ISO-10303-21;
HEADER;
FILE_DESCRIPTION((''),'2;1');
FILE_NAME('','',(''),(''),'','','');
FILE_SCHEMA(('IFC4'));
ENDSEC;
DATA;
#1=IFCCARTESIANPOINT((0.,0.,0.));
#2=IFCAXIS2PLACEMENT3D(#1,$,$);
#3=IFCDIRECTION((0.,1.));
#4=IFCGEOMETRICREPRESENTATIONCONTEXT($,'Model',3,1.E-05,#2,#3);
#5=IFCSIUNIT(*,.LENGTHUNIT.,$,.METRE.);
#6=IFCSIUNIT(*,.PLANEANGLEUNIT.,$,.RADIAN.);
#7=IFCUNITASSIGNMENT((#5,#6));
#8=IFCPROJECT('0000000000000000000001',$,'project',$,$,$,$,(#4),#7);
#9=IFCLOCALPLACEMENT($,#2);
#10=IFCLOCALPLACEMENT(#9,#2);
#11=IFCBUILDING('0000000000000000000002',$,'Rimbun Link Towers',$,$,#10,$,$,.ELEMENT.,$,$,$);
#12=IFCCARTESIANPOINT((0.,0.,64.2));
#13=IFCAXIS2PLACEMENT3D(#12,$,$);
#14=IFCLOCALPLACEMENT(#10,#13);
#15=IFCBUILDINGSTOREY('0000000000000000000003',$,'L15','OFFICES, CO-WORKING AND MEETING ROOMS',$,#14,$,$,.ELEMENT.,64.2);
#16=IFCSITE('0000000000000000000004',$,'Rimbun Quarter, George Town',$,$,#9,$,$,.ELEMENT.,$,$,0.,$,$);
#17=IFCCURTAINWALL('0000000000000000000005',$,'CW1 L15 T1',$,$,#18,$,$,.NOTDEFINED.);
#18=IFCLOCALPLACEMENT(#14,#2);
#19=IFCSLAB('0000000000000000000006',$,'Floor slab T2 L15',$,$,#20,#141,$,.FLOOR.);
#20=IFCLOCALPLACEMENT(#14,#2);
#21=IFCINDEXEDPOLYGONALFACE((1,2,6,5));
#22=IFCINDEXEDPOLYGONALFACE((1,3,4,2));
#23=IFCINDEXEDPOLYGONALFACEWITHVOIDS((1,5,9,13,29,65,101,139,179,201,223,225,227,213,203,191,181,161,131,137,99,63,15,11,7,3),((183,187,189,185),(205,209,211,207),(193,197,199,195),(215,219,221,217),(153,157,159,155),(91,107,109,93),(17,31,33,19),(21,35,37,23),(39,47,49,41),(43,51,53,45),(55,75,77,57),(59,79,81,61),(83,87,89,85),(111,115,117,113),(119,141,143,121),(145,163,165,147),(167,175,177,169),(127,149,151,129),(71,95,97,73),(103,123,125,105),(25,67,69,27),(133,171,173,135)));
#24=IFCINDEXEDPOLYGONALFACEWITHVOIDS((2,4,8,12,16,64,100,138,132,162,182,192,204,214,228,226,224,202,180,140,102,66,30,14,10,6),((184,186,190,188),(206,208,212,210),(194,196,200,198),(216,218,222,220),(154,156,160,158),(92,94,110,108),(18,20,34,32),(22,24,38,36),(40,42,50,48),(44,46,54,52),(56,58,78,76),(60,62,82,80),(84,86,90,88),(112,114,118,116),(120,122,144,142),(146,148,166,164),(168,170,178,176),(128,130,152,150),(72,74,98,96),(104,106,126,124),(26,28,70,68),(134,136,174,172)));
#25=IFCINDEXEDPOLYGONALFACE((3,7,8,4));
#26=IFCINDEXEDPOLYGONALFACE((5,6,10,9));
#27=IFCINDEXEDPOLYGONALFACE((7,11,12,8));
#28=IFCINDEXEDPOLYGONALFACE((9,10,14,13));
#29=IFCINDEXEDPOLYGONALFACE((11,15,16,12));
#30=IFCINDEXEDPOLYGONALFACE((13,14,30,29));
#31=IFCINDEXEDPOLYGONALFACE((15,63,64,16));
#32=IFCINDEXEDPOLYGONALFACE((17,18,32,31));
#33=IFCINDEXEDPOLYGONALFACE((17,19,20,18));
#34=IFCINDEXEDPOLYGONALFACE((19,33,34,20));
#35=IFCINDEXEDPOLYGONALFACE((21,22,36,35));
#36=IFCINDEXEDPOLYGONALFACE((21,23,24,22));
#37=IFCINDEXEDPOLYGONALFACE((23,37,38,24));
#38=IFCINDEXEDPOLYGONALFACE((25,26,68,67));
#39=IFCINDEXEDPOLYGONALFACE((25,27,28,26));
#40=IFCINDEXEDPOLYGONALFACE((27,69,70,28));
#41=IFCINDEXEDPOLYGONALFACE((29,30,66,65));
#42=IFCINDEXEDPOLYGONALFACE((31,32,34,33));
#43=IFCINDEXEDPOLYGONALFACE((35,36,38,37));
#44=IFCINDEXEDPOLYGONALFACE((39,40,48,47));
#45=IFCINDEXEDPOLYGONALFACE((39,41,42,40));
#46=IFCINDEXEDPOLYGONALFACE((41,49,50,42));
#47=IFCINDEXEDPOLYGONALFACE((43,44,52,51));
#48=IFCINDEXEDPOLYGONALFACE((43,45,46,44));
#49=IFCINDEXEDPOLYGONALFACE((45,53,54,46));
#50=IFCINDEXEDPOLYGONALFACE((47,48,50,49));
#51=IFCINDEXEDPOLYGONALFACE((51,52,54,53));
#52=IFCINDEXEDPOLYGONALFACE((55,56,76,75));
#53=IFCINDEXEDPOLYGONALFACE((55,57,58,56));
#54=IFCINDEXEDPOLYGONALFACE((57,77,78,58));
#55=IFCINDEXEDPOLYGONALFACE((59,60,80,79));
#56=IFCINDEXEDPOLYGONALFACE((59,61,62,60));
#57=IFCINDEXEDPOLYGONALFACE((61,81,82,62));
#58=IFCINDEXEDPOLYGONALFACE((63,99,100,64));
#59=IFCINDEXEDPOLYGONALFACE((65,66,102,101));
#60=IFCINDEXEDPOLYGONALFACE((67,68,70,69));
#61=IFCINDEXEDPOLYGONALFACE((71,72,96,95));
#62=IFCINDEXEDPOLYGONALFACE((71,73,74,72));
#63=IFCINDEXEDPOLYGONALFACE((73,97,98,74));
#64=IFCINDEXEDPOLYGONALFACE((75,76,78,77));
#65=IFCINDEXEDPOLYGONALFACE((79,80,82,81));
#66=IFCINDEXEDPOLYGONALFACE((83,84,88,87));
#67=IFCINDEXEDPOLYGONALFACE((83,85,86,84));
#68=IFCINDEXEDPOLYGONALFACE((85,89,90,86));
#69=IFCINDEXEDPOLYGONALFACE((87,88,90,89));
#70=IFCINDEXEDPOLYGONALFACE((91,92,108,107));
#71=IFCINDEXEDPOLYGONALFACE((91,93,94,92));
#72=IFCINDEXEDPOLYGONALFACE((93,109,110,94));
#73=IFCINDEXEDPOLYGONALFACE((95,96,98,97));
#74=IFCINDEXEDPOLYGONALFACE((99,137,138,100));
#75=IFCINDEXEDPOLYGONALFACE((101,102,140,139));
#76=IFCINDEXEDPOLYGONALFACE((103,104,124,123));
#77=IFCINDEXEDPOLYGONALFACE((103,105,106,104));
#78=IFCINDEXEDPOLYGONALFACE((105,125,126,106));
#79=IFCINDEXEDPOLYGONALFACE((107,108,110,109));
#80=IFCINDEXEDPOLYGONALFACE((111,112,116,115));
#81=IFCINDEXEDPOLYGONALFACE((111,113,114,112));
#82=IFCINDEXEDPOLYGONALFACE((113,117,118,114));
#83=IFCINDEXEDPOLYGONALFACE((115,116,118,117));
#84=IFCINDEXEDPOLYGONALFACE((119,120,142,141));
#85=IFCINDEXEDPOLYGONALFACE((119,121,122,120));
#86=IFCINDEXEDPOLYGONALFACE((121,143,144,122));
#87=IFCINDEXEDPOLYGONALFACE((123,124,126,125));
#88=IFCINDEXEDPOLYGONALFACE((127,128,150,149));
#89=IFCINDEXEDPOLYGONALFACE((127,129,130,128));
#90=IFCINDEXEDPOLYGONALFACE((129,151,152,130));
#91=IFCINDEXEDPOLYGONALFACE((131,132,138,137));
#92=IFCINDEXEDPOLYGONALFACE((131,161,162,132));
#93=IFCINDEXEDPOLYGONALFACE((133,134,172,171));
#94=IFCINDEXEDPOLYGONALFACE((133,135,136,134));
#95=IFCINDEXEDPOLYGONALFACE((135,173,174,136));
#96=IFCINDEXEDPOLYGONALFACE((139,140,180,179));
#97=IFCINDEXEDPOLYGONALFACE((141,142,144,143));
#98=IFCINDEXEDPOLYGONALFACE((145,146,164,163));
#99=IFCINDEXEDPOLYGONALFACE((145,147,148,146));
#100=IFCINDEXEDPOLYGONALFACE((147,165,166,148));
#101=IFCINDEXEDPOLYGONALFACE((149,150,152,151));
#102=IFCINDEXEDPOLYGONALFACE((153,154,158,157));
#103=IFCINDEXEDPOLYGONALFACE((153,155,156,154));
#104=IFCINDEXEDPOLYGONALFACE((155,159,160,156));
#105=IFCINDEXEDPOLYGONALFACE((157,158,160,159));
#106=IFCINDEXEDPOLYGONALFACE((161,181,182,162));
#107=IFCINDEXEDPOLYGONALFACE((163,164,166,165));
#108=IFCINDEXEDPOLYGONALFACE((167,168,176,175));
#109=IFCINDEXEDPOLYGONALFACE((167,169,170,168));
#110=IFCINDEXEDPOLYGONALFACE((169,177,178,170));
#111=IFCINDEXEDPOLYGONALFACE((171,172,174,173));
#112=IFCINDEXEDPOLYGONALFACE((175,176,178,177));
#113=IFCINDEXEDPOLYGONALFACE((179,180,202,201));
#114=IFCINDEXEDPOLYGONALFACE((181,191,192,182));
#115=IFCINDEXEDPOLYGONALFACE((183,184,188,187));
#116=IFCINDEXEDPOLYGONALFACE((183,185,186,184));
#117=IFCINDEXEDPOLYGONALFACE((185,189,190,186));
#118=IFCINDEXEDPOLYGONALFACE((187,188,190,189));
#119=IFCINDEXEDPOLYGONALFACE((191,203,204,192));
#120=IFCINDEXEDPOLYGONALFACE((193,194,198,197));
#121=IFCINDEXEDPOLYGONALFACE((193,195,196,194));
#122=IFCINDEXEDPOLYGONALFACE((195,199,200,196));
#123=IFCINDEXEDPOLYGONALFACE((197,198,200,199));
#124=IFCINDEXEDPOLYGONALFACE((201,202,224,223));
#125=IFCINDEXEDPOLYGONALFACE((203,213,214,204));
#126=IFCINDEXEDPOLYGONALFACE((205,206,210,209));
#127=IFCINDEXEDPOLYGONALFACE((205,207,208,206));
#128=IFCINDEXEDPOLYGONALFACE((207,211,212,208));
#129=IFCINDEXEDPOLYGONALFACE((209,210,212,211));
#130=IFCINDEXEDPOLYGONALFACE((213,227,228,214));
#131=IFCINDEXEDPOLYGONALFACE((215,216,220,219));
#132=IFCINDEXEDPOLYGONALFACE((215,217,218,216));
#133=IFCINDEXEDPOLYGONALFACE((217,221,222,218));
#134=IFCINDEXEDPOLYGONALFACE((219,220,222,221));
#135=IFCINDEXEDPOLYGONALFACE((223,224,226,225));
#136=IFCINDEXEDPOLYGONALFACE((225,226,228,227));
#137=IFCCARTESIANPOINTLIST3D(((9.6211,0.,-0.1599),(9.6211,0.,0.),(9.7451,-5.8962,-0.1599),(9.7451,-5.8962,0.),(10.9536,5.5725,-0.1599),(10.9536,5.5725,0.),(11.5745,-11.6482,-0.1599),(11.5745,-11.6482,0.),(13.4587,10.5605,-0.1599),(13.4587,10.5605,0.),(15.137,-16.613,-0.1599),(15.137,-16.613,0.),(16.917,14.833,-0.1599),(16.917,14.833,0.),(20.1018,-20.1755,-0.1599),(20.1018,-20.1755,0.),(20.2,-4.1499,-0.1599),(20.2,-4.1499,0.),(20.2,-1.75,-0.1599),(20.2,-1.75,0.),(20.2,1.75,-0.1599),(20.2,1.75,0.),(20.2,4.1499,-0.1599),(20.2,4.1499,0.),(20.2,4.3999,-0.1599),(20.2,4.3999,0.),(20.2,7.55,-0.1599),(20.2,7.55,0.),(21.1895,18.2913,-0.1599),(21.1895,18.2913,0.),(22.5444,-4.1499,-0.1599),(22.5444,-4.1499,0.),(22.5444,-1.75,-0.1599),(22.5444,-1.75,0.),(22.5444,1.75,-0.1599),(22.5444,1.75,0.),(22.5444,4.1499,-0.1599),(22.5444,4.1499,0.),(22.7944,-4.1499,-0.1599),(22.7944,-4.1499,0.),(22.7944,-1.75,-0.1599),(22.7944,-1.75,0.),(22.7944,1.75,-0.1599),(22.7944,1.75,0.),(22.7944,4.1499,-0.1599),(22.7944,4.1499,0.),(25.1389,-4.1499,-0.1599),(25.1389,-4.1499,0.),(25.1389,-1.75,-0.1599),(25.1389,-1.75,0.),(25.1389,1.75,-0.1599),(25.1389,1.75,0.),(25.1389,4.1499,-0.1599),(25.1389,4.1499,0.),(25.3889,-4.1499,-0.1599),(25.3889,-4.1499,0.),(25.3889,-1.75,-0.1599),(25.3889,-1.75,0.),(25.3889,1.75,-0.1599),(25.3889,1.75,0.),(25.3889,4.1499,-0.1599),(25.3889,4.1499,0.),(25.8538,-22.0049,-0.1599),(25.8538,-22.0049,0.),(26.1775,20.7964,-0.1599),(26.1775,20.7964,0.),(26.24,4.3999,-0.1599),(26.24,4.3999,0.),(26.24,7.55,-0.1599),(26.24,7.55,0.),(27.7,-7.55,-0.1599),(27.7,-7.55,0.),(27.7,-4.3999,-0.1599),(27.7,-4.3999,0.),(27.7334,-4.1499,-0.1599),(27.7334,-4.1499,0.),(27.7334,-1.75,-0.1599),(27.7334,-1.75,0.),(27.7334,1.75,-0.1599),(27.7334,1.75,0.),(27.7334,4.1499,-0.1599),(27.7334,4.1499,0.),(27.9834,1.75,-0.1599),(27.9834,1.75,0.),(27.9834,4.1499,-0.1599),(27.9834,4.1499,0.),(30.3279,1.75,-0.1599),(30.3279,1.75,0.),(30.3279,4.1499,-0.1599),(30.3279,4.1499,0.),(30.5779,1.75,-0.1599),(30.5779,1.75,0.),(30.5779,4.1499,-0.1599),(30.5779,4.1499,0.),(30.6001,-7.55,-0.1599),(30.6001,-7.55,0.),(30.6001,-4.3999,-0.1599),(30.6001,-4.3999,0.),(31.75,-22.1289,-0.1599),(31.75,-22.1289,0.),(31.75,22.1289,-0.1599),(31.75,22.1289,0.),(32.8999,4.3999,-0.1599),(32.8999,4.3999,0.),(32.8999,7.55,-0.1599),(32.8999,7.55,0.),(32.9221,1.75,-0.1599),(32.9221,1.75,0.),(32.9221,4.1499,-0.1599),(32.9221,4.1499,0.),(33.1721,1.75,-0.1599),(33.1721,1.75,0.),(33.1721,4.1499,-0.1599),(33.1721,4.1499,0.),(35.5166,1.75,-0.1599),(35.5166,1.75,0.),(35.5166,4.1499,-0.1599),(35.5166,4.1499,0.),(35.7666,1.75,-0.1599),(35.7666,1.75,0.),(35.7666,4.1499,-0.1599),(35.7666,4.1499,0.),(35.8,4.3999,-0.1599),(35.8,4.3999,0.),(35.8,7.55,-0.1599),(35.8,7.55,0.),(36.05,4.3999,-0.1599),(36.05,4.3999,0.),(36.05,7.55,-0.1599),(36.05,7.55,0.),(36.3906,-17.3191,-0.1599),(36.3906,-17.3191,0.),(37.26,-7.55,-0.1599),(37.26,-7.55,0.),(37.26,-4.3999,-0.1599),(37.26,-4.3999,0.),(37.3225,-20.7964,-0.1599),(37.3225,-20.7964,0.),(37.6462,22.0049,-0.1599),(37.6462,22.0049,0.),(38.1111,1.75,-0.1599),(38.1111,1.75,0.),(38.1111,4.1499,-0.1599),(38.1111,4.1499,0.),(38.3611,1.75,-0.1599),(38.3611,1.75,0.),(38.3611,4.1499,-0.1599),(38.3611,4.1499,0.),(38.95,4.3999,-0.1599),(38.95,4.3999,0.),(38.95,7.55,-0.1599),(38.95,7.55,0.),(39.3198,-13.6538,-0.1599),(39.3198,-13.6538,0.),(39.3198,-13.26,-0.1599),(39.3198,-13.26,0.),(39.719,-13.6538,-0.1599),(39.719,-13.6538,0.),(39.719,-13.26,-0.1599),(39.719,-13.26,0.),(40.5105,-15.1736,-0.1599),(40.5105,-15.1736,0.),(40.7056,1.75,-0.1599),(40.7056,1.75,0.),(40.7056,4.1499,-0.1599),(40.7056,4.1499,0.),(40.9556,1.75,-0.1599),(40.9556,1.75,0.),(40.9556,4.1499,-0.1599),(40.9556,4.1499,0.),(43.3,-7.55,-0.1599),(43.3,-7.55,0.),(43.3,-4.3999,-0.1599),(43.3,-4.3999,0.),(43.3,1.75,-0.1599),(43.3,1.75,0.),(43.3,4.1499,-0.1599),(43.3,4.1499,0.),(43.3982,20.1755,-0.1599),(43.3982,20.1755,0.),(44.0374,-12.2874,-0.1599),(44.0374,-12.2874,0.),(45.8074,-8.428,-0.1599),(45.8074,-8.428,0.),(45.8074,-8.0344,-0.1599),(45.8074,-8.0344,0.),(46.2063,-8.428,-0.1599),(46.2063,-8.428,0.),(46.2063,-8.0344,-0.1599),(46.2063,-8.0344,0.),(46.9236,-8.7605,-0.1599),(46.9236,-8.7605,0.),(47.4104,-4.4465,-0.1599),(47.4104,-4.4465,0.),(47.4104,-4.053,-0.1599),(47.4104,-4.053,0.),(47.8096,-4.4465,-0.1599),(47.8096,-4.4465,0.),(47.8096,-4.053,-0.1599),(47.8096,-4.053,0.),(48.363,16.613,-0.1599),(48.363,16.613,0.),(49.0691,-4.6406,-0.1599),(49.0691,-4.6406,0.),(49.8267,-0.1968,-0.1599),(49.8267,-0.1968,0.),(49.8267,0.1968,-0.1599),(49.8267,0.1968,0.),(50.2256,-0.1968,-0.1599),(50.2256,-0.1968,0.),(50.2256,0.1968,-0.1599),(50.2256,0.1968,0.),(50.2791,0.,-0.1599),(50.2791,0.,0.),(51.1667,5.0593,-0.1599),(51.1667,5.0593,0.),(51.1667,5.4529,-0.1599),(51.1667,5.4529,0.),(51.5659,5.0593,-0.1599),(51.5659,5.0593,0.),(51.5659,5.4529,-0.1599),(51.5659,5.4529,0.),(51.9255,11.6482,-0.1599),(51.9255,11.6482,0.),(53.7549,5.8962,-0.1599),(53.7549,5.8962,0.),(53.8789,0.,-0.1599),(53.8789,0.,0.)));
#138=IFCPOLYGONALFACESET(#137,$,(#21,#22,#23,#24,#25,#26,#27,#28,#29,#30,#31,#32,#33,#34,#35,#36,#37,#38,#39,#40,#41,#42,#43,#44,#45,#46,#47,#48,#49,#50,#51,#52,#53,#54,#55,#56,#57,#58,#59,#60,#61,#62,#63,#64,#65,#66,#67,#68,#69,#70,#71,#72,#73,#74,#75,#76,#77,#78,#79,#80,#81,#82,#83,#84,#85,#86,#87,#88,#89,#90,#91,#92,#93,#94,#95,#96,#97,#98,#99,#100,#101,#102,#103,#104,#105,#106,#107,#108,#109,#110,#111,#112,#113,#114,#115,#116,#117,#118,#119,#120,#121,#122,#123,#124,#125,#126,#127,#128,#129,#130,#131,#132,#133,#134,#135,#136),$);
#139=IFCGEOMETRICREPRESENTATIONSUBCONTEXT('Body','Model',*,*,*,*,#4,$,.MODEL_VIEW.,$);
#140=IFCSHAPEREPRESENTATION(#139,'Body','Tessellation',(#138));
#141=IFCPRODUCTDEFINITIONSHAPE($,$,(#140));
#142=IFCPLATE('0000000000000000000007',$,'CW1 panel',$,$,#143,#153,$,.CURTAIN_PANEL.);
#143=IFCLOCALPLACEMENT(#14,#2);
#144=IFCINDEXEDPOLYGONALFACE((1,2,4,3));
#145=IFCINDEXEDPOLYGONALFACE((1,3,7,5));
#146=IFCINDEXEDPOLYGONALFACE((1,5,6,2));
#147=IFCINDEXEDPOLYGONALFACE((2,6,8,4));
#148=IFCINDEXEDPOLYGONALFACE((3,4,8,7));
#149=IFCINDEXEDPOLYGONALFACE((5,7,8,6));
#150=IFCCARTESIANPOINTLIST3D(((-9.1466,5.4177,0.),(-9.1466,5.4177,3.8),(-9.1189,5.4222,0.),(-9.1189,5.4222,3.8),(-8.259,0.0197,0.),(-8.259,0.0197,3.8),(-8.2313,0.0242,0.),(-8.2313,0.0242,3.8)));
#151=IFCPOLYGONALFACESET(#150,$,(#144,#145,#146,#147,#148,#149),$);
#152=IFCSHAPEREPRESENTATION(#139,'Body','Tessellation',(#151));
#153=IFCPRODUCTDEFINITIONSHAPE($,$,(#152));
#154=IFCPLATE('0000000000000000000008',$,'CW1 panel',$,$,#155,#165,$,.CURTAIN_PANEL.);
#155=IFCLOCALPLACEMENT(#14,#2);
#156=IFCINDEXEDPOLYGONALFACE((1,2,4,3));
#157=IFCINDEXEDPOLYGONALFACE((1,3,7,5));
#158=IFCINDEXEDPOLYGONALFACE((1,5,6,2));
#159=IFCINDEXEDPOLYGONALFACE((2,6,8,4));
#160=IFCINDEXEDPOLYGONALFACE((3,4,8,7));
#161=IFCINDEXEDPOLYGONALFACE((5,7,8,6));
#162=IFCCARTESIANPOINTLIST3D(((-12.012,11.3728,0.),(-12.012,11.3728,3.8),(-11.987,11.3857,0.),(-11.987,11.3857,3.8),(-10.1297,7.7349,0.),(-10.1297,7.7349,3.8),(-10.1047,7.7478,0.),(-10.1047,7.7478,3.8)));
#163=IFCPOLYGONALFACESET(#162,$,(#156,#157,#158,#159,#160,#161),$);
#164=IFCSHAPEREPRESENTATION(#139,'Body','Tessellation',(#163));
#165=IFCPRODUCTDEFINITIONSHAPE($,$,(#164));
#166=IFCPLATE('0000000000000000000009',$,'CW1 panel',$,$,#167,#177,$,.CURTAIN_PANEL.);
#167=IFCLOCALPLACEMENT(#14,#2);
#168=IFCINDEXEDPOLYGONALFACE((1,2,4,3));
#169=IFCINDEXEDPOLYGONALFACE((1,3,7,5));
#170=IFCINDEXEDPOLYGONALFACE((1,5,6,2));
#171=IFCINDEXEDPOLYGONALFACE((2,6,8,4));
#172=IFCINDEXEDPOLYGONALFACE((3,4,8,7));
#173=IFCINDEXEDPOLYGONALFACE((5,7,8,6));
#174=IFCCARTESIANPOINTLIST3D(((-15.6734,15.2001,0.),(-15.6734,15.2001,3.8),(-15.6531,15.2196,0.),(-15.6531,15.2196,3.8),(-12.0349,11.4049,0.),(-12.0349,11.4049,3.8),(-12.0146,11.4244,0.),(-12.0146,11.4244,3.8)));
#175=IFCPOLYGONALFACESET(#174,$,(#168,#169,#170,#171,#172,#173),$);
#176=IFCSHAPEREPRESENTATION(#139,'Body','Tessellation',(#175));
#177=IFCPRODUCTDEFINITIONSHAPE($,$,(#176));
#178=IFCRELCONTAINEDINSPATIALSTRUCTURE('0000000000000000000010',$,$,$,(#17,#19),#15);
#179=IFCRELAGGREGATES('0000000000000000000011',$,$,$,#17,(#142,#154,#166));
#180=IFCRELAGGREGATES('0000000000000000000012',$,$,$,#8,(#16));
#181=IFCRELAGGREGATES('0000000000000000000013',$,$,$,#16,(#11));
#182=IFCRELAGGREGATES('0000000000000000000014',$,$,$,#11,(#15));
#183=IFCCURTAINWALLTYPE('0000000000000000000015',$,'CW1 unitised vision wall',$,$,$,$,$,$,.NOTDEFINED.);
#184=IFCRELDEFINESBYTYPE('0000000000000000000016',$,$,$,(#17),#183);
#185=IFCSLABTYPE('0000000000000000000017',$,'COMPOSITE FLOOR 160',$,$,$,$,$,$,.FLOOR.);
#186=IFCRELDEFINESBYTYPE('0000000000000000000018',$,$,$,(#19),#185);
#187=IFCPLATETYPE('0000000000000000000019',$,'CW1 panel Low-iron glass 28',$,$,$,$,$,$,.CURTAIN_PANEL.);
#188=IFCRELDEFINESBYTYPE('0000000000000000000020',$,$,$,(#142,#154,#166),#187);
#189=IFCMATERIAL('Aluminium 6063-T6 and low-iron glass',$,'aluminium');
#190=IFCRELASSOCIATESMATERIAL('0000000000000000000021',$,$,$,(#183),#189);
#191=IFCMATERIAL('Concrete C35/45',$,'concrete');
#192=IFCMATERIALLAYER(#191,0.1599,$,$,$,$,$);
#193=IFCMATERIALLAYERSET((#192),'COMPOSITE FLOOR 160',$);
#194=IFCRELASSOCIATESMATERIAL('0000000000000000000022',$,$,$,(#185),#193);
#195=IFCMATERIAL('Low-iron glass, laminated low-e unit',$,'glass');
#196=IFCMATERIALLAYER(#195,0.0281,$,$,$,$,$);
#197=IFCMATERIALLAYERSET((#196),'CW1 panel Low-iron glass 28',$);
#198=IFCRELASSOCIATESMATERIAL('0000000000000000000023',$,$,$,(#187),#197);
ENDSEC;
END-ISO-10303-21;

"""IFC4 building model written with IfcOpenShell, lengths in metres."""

from ifc_helpers import new_model, si_unit, direction, frame, origin, origin_2d, place, context, subcontext, project, spatial, polyline, rectangle, outline, extrude, material, layer, layer_set, type_object, element, aggregate, save


model = new_model("IFC4")

# Units and contexts
model_context = context("Model", 3, precision=1e-05, world=origin(), true_north=direction((0.0, 1.0)))
body_context = subcontext(model_context, "Body", "Model", "MODEL_VIEW")
ifc_project = project(units=[si_unit("LENGTHUNIT", "METRE"), si_unit("PLANEANGLEUNIT", "RADIAN")], contexts=[model_context])

# Site, building, storey
site_placement = place(None, origin())
site = spatial("IfcSite", under=ifc_project, at=site_placement, Name="Rimbun Quarter, George Town", CompositionType="ELEMENT", RefElevation=0.0)
building_placement = place(site_placement, origin())
building = spatial("IfcBuilding", under=site, at=building_placement, Name="Rimbun Link Towers", CompositionType="ELEMENT")
storey_placement = place(building_placement, frame((0.0, 0.0, 64.2)))
storey = spatial("IfcBuildingStorey", under=building, at=storey_placement, Name="L15", Description="OFFICES, CO-WORKING AND MEETING ROOMS", CompositionType="ELEMENT", Elevation=64.2)

# Curtain wall
ifc_material_1 = material(Name="Aluminium 6063-T6 and low-iron glass", Category="aluminium")
curtain_wall_type = type_object("IfcCurtainWallType", Name="CW1 unitised vision wall", PredefinedType="NOTDEFINED", material=ifc_material_1)
curtain_wall_placement = place(storey_placement, origin())
curtain_wall = element("IfcCurtainWall", 1, at=curtain_wall_placement, inside=storey, type_object=curtain_wall_type, Name="CW1 L15 T1", PredefinedType="NOTDEFINED")

# Slab
ifc_material_2 = material(Name="Concrete C35/45", Category="concrete")
ifc_layer_1 = layer(ifc_material_2, 0.1599)
ifc_layer_set_1 = layer_set([ifc_layer_1], Name="COMPOSITE FLOOR 160")
slab_type_1 = type_object("IfcSlabType", Name="COMPOSITE FLOOR 160", PredefinedType="FLOOR", material=ifc_layer_set_1)
slab_1_placement = place(storey_placement, frame((0.0, 0.0, -0.1599)))
element("IfcSlab", 2, at=slab_1_placement, inside=storey, type_object=slab_type_1, Name="Floor slab T2 L15", PredefinedType="FLOOR", context=body_context, shape_type="SweptSolid", body=[
    extrude(outline(polyline([(31.75, -22.1289), (25.8538, -22.0049), (20.1018, -20.1755), (15.137, -16.613), (11.5745, -11.6482), (9.7451, -5.8962), (9.6211, 0.0), (10.9536, 5.5725), (13.4587, 10.5605), (16.917, 14.833), (21.1895, 18.2913), (26.1775, 20.7964), (31.75, 22.1289), (37.6462, 22.0049), (43.3982, 20.1755), (48.363, 16.613), (51.9255, 11.6482), (53.7549, 5.8962), (53.8789, 0.0), (50.2791, 0.0), (49.0691, -4.6406), (46.9236, -8.7605), (44.0374, -12.2874), (40.5105, -15.1736), (36.3906, -17.3191), (37.3225, -20.7964), (31.75, -22.1289)]), holes=[polyline([(30.6001, -7.55), (30.6001, -4.3999), (27.7, -4.3999), (27.7, -7.55), (30.6001, -7.55)]), polyline([(22.5444, -4.1499), (22.5444, -1.75), (20.2, -1.75), (20.2, -4.1499), (22.5444, -4.1499)]), polyline([(25.1389, -4.1499), (25.1389, -1.75), (22.7944, -1.75), (22.7944, -4.1499), (25.1389, -4.1499)]), polyline([(25.3889, -4.1499), (27.7334, -4.1499), (27.7334, -1.75), (25.3889, -1.75), (25.3889, -4.1499)]), polyline([(20.2, 1.75), (22.5444, 1.75), (22.5444, 4.1499), (20.2, 4.1499), (20.2, 1.75)]), polyline([(25.1389, 1.75), (25.1389, 4.1499), (22.7944, 4.1499), (22.7944, 1.75), (25.1389, 1.75)]), polyline([(25.3889, 1.75), (27.7334, 1.75), (27.7334, 4.1499), (25.3889, 4.1499), (25.3889, 1.75)]), polyline([(27.9834, 1.75), (30.3279, 1.75), (30.3279, 4.1499), (27.9834, 4.1499), (27.9834, 1.75)]), polyline([(32.9221, 1.75), (32.9221, 4.1499), (30.5779, 4.1499), (30.5779, 1.75), (32.9221, 1.75)]), polyline([(33.1721, 1.75), (35.5166, 1.75), (35.5166, 4.1499), (33.1721, 4.1499), (33.1721, 1.75)]), polyline([(20.2, 4.3999), (26.24, 4.3999), (26.24, 7.55), (20.2, 7.55), (20.2, 4.3999)]), polyline([(39.719, -13.6538), (39.719, -13.26), (39.3198, -13.26), (39.3198, -13.6538), (39.719, -13.6538)]), polyline([(46.2063, -8.428), (46.2063, -8.0344), (45.8074, -8.0344), (45.8074, -8.428), (46.2063, -8.428)]), polyline([(43.3, -7.55), (43.3, -4.3999), (37.26, -4.3999), (37.26, -7.55), (43.3, -7.55)]), polyline([(47.4104, -4.4465), (47.8096, -4.4465), (47.8096, -4.053), (47.4104, -4.053), (47.4104, -4.4465)]), polyline([(49.8267, -0.1968), (50.2256, -0.1968), (50.2256, 0.1968), (49.8267, 0.1968), (49.8267, -0.1968)]), polyline([(38.1111, 1.75), (38.1111, 4.1499), (35.7666, 4.1499), (35.7666, 1.75), (38.1111, 1.75)]), polyline([(38.3611, 1.75), (40.7056, 1.75), (40.7056, 4.1499), (38.3611, 4.1499), (38.3611, 1.75)]), polyline([(40.9556, 1.75), (43.3, 1.75), (43.3, 4.1499), (40.9556, 4.1499), (40.9556, 1.75)]), polyline([(51.5659, 5.0593), (51.5659, 5.4529), (51.1667, 5.4529), (51.1667, 5.0593), (51.5659, 5.0593)]), polyline([(32.8999, 4.3999), (35.8, 4.3999), (35.8, 7.55), (32.8999, 7.55), (32.8999, 4.3999)]), polyline([(36.05, 4.3999), (38.95, 4.3999), (38.95, 7.55), (36.05, 7.55), (36.05, 4.3999)])]), origin(), (0.0, 0.0, 1.0), 0.1599),
])

# Plates
ifc_material_3 = material(Name="Low-iron glass, laminated low-e unit", Category="glass")
ifc_layer_2 = layer(ifc_material_3, 0.0281)
ifc_layer_set_2 = layer_set([ifc_layer_2], Name="CW1 panel Low-iron glass 28")
plate_type = type_object("IfcPlateType", Name="CW1 panel Low-iron glass 28", PredefinedType="CURTAIN_PANEL", material=ifc_layer_set_2)
plate_1_placement = place(storey_placement, frame((-8.689, 2.7209, 0.0), z_axis=(0.0, 0.0, 1.0), x_axis=(0.16226, -0.986748, 0.0)))
plate_1 = element("IfcPlate", 3, at=plate_1_placement, type_object=plate_type, Name="CW1 panel", PredefinedType="CURTAIN_PANEL", context=body_context, shape_type="SweptSolid", body=[
    extrude(rectangle(XDim=5.4705, YDim=0.0281, at=origin_2d()), origin(), (0.0, 0.0, 1.0), 3.8),
])
plate_2_placement = place(storey_placement, frame((-11.0583, 9.5603, 0.0), z_axis=(0.0, 0.0, 1.0), x_axis=(0.459556, -0.888149, 0.0)))
plate_2 = element("IfcPlate", 4, at=plate_2_placement, type_object=plate_type, Name="CW1 panel", PredefinedType="CURTAIN_PANEL", context=body_context, shape_type="SweptSolid", body=[
    extrude(rectangle(XDim=4.0959, YDim=0.0281, at=origin_2d()), origin(), (0.0, 0.0, 1.0), 3.8),
])
plate_3_placement = place(storey_placement, frame((-13.844, 13.3123, 0.0), z_axis=(0.0, 0.0, 1.0), x_axis=(0.692045, -0.721854, 0.0)))
plate_3 = element("IfcPlate", 5, at=plate_3_placement, type_object=plate_type, Name="CW1 panel", PredefinedType="CURTAIN_PANEL", context=body_context, shape_type="SweptSolid", body=[
    extrude(rectangle(XDim=5.2576, YDim=0.0281, at=origin_2d()), origin(), (0.0, 0.0, 1.0), 3.8),
])
aggregate(curtain_wall, [plate_1, plate_2, plate_3])

save(model, "model.ifc")
